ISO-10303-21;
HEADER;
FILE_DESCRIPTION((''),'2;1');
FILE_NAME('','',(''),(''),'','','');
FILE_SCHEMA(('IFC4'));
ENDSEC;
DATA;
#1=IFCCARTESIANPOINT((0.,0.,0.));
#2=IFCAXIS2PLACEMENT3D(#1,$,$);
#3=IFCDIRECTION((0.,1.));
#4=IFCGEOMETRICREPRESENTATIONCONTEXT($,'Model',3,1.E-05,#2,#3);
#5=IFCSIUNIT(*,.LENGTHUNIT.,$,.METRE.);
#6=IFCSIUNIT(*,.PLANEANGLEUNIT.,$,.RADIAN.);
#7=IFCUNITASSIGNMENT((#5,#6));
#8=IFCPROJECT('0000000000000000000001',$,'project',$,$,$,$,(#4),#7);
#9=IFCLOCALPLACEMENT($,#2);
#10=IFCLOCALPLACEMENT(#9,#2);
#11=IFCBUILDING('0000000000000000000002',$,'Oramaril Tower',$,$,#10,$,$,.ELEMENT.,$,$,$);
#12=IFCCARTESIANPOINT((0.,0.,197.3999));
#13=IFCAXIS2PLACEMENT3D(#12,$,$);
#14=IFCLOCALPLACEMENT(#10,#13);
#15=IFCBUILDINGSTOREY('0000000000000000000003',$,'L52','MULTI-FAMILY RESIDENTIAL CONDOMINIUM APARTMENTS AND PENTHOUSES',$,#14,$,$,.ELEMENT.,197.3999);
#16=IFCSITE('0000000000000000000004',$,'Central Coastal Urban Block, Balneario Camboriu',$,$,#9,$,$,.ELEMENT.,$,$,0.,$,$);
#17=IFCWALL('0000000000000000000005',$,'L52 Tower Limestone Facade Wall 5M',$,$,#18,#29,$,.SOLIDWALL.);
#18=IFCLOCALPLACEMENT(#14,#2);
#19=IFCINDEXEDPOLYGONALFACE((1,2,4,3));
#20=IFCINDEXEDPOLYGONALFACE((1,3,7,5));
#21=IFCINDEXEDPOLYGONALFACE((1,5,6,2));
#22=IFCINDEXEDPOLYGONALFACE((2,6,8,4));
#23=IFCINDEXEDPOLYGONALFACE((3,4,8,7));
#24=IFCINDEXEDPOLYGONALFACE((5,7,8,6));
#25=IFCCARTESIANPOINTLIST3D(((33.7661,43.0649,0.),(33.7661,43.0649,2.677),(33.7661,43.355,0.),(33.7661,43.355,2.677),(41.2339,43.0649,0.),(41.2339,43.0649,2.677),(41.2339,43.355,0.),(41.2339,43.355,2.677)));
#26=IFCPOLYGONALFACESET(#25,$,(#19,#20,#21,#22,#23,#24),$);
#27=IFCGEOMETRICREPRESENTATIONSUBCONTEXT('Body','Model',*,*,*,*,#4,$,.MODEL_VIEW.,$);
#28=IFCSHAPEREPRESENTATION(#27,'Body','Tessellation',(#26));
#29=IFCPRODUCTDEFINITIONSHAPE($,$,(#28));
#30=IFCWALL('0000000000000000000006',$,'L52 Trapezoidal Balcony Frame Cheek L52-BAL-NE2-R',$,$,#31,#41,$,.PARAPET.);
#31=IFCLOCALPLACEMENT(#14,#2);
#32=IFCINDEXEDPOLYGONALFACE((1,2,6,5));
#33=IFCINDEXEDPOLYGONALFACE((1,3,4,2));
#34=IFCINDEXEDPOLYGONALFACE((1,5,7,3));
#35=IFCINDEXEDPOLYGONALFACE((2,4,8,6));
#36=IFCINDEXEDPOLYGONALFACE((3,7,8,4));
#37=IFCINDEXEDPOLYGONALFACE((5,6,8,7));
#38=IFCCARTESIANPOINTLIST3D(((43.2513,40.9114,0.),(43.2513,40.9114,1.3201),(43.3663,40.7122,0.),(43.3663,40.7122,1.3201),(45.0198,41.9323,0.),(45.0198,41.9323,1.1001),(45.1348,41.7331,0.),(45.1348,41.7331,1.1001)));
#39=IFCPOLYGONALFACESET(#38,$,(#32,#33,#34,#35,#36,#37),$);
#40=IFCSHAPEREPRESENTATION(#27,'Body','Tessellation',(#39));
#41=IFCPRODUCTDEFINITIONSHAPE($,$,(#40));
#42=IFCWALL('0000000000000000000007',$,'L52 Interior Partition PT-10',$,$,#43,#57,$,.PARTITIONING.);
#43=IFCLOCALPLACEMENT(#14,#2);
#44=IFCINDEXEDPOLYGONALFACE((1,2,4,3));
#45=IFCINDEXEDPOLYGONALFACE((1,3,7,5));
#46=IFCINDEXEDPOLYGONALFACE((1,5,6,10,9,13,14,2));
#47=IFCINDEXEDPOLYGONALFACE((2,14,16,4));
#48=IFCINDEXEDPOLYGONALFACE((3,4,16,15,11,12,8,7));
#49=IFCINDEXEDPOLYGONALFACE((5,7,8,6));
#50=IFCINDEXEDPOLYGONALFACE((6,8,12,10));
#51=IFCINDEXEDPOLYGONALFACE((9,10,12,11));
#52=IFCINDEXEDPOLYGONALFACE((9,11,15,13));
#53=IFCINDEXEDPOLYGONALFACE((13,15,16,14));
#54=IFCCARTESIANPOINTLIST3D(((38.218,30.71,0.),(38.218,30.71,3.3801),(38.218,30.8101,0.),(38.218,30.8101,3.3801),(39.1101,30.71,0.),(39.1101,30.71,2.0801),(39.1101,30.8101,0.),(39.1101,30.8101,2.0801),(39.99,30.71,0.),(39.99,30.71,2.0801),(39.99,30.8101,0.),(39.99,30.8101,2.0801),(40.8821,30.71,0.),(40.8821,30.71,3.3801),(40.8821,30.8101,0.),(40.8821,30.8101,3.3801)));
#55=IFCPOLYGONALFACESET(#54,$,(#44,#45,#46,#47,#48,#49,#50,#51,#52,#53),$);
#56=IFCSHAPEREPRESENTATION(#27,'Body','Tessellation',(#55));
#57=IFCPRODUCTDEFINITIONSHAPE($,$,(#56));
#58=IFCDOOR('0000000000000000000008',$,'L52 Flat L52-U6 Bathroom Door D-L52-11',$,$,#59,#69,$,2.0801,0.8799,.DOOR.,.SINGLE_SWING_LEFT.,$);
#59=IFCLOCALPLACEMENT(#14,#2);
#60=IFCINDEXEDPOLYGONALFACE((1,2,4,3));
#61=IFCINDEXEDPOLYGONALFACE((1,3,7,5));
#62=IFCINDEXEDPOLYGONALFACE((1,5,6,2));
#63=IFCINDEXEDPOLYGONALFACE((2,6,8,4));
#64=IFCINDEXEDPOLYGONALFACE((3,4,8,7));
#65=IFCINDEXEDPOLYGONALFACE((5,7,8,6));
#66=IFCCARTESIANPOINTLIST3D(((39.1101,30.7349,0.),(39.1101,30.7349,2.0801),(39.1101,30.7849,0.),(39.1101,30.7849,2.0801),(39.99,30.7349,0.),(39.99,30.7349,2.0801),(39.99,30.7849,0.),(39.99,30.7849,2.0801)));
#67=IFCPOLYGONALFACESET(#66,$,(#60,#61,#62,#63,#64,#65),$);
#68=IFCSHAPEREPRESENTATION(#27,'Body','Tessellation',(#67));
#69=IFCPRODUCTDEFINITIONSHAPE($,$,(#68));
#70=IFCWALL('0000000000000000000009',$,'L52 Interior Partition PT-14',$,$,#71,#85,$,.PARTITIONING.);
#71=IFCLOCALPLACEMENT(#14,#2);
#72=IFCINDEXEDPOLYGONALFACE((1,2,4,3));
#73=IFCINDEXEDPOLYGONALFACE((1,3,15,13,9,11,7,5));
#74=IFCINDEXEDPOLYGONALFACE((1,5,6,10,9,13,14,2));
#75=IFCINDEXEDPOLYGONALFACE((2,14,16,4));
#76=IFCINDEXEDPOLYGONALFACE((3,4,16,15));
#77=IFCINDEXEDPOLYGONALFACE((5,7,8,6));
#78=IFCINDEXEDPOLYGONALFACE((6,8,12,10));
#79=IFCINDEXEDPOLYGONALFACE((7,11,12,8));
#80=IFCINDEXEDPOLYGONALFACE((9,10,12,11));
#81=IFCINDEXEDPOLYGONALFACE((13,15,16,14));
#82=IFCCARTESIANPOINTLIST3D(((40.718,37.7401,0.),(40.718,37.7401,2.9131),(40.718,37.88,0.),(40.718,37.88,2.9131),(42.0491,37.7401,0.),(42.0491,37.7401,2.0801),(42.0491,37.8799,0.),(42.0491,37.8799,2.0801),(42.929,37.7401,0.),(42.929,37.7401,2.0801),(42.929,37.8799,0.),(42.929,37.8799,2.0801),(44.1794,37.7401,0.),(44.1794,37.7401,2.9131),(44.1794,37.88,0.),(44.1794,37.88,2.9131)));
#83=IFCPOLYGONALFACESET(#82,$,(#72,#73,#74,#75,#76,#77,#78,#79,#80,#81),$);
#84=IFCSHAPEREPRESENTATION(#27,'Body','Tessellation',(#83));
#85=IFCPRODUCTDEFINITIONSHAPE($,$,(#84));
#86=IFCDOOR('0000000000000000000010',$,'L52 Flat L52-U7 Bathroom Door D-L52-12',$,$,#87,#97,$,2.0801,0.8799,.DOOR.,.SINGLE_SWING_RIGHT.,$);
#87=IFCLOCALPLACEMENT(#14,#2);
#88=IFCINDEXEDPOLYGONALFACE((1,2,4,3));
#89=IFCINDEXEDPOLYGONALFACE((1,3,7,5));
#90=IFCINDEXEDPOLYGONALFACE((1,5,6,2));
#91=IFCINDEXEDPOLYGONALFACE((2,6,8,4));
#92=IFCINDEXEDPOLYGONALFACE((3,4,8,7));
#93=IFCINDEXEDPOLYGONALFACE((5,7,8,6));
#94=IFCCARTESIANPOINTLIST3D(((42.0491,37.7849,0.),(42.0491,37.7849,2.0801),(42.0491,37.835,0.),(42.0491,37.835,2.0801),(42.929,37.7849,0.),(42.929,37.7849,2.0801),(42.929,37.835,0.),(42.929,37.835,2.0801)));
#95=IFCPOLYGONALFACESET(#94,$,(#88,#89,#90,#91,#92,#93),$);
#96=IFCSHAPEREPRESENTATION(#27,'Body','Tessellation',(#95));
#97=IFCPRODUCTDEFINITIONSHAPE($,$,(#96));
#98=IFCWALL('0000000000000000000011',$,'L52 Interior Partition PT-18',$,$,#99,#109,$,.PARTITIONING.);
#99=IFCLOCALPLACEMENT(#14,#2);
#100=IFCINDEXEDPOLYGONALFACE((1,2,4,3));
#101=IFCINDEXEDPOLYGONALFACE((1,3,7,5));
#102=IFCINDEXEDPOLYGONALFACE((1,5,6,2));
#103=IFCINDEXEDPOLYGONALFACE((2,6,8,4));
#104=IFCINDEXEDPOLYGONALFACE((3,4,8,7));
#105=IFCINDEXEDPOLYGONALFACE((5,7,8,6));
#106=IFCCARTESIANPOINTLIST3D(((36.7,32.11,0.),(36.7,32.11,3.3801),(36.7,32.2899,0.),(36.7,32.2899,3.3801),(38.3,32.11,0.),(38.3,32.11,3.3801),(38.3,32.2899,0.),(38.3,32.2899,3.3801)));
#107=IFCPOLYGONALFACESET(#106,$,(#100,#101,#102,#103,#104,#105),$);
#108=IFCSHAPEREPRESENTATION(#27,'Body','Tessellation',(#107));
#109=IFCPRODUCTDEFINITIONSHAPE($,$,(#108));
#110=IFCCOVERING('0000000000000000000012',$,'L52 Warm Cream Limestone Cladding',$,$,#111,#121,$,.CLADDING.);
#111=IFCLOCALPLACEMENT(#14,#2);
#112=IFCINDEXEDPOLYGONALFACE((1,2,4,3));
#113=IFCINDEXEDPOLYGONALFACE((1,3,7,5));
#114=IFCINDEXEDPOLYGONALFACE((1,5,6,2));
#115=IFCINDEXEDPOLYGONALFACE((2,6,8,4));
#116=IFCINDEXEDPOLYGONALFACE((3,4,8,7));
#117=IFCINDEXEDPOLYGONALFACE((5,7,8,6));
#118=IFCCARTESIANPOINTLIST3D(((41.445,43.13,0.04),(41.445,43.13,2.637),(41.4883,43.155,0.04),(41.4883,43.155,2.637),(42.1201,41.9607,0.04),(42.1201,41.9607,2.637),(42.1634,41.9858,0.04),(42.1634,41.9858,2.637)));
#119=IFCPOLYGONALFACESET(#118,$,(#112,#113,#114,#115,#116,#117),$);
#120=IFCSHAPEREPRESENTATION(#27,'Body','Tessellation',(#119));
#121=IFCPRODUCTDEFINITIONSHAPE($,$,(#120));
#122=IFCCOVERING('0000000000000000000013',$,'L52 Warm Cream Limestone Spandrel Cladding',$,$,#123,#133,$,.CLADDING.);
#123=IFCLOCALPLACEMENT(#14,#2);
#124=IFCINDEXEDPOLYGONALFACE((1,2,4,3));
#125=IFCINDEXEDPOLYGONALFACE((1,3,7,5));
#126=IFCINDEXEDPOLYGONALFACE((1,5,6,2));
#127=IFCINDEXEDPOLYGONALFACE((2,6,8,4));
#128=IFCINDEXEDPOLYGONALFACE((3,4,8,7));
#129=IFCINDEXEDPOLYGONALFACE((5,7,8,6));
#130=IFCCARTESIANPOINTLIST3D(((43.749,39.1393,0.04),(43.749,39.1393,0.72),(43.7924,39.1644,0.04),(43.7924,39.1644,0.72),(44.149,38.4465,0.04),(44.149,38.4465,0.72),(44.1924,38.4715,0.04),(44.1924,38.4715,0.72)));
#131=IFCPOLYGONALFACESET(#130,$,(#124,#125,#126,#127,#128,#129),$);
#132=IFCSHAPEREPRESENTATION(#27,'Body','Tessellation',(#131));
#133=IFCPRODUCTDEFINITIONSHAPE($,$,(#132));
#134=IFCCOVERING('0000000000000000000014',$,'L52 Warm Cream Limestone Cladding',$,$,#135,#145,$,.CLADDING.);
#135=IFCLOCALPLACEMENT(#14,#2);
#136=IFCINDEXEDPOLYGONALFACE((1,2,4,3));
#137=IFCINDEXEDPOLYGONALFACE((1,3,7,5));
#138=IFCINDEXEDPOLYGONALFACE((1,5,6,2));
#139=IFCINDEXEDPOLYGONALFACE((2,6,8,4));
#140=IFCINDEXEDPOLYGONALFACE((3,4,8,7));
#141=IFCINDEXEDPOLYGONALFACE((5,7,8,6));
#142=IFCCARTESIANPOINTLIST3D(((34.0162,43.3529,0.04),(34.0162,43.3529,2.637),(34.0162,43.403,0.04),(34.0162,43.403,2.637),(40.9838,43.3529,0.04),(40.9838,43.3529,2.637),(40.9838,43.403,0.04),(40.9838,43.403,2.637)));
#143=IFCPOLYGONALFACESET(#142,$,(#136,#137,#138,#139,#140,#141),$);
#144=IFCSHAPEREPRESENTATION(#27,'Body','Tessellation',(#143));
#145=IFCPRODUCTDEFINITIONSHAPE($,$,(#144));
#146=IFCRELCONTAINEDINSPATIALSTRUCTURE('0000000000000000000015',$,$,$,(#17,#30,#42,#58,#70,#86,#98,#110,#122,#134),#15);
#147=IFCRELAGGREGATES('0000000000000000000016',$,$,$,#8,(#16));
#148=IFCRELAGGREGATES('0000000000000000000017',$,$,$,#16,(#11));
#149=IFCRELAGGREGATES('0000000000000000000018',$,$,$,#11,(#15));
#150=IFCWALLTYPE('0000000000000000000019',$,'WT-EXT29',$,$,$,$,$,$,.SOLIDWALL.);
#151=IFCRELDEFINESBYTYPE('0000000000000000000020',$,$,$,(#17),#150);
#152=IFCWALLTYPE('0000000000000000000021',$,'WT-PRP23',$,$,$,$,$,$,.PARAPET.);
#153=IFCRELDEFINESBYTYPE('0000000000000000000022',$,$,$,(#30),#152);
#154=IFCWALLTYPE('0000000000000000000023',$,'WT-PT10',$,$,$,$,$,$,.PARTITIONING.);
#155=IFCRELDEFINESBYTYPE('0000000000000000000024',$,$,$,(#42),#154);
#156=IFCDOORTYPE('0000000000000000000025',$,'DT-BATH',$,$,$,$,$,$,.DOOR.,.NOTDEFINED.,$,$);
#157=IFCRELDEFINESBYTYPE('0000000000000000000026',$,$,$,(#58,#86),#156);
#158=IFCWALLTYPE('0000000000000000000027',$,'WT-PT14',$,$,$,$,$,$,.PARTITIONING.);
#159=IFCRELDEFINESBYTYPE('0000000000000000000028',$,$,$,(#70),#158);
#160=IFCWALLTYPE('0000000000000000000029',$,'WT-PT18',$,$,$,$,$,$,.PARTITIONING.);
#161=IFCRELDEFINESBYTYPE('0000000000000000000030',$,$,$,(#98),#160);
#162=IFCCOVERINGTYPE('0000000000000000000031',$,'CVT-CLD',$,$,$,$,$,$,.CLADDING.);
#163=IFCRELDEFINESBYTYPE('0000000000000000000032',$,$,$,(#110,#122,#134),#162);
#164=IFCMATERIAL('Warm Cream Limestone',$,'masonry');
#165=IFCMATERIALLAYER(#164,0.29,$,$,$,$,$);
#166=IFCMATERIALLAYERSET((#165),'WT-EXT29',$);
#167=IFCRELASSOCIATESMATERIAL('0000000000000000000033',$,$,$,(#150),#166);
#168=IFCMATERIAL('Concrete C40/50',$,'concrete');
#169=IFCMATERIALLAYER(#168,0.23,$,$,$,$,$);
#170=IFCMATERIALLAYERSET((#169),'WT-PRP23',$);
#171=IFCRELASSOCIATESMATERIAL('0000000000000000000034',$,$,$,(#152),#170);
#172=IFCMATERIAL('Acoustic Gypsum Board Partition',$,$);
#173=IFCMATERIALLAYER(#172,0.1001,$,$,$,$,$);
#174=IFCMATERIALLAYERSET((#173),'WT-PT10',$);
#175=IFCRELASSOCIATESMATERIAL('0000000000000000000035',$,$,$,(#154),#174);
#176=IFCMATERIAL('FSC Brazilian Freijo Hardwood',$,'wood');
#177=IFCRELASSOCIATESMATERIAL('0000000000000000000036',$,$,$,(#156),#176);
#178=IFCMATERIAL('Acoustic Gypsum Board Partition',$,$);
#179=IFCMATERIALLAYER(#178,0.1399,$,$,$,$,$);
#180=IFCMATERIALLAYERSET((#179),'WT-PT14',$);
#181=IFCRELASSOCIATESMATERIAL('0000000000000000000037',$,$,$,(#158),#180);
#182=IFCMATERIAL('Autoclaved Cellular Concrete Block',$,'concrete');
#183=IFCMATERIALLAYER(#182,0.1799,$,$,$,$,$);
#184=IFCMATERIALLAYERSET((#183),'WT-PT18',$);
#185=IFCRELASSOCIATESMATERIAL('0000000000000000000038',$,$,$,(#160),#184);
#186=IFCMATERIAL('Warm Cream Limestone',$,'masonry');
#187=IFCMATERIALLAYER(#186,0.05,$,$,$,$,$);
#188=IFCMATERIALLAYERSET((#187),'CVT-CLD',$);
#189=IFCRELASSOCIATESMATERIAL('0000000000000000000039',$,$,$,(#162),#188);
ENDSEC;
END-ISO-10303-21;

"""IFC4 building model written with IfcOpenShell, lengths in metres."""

from ifc_helpers import new_model, si_unit, direction, frame, frame_2d, origin, origin_2d, place, context, subcontext, project, spatial, polyline, rectangle, outline, extrude, material, layer, layer_set, type_object, element, fill, save


model = new_model("IFC4")

# Units and contexts
model_context = context("Model", 3, precision=1e-05, world=origin(), true_north=direction((0.0, 1.0)))
body_context = subcontext(model_context, "Body", "Model", "MODEL_VIEW")
ifc_project = project(units=[si_unit("LENGTHUNIT", "METRE"), si_unit("PLANEANGLEUNIT", "RADIAN")], contexts=[model_context])

# Site, building, storey
site_placement = place(None, origin())
site = spatial("IfcSite", under=ifc_project, at=site_placement, Name="Central Coastal Urban Block, Balneario Camboriu", CompositionType="ELEMENT", RefElevation=0.0)
building_placement = place(site_placement, origin())
building = spatial("IfcBuilding", under=site, at=building_placement, Name="Oramaril Tower", CompositionType="ELEMENT")
storey_placement = place(building_placement, frame((0.0, 0.0, 197.3999)))
storey = spatial("IfcBuildingStorey", under=building, at=storey_placement, Name="L52", Description="MULTI-FAMILY RESIDENTIAL CONDOMINIUM APARTMENTS AND PENTHOUSES", CompositionType="ELEMENT", Elevation=197.3999)

# Walls
ifc_material_1 = material(Name="Warm Cream Limestone", Category="masonry")
ifc_layer_1 = layer(ifc_material_1, 0.29)
ifc_layer_set_1 = layer_set([ifc_layer_1], Name="WT-EXT29")
wall_type_1 = type_object("IfcWallType", Name="WT-EXT29", PredefinedType="SOLIDWALL", material=ifc_layer_set_1)
wall_1_placement = place(storey_placement, frame((41.2339, 43.21, 0.0), z_axis=(0.0, 0.0, 1.0), x_axis=(-1.0, 0.0, 0.0)))
element("IfcWall", 1, at=wall_1_placement, inside=storey, type_object=wall_type_1, Name="L52 Tower Limestone Facade Wall 5M", PredefinedType="SOLIDWALL", context=body_context, shape_type="SweptSolid", body=[
    extrude(rectangle(XDim=7.4678, YDim=0.29, at=frame_2d((3.7339, 0.0))), origin(), (0.0, 0.0, 1.0), 2.677),
])
ifc_material_2 = material(Name="Concrete C40/50", Category="concrete")
ifc_layer_2 = layer(ifc_material_2, 0.23)
ifc_layer_set_2 = layer_set([ifc_layer_2], Name="WT-PRP23")
wall_type_2 = type_object("IfcWallType", Name="WT-PRP23", PredefinedType="PARAPET", material=ifc_layer_set_2)
wall_2_placement = place(storey_placement, frame((43.3088, 40.8118, 0.0), z_axis=(0.0, 0.0, 1.0), x_axis=(0.866042, 0.499971, 0.0)))
element("IfcWall", 2, at=wall_2_placement, inside=storey, type_object=wall_type_2, Name="L52 Trapezoidal Balcony Frame Cheek L52-BAL-NE2-R", PredefinedType="PARAPET", context=body_context, shape_type="SweptSolid", body=[
    extrude(outline(polyline([(0.0, 0.0), (2.042, 0.0), (2.042, 1.1001), (0.0, 1.3201), (0.0, 0.0)])), frame((0.0, 0.115, 0.0), z_axis=(0.0, -1.0, 0.0), x_axis=(1.0, 0.0, 0.0)), (0.0, 0.0, 1.0), 0.23),
])

# Walls, openings, doors
ifc_material_3 = material(Name="Acoustic Gypsum Board Partition")
ifc_layer_3 = layer(ifc_material_3, 0.1001)
ifc_layer_set_3 = layer_set([ifc_layer_3], Name="WT-PT10")
wall_type_3 = type_object("IfcWallType", Name="WT-PT10", PredefinedType="PARTITIONING", material=ifc_layer_set_3)
wall_3_placement = place(storey_placement, frame((38.218, 30.76, 0.0), z_axis=(0.0, 0.0, 1.0), x_axis=(1.0, 0.0, 0.0)))
wall_3 = element("IfcWall", 3, at=wall_3_placement, inside=storey, type_object=wall_type_3, Name="L52 Interior Partition PT-10", PredefinedType="PARTITIONING", context=body_context, shape_type="SweptSolid", body=[
    extrude(rectangle(XDim=2.6641, YDim=0.1001, at=frame_2d((1.332, 0.0))), origin(), (0.0, 0.0, 1.0), 3.3801),
])
opening_1_placement = place(wall_3_placement, frame((0.8921, 0.0, 0.0)))
opening_1 = element("IfcOpeningElement", 4, at=opening_1_placement, cuts=wall_3, PredefinedType="OPENING", context=body_context, shape_type="SweptSolid", body=[
    extrude(rectangle(XDim=0.8799, YDim=2.0801, at=frame_2d((0.4399, 1.04))), frame((0.0, 0.05, 0.0), z_axis=(0.0, -1.0, 0.0), x_axis=(1.0, 0.0, 0.0)), (0.0, 0.0, 1.0), 0.1001),
])
ifc_material_4 = material(Name="FSC Brazilian Freijo Hardwood", Category="wood")
door_type = type_object("IfcDoorType", Name="DT-BATH", OperationType="NOTDEFINED", PredefinedType="DOOR", material=ifc_material_4)
door_1_placement = place(opening_1_placement, origin())
door_1 = element("IfcDoor", 5, at=door_1_placement, inside=storey, type_object=door_type, Name="L52 Flat L52-U6 Bathroom Door D-L52-11", OperationType="SINGLE_SWING_LEFT", OverallHeight=2.0801, OverallWidth=0.8799, PredefinedType="DOOR", context=body_context, shape_type="SweptSolid", body=[
    extrude(rectangle(XDim=0.8799, YDim=2.0801, at=frame_2d((0.4399, 1.04))), frame((0.0, 0.0249, 0.0), z_axis=(0.0, -1.0, 0.0), x_axis=(1.0, 0.0, 0.0)), (0.0, 0.0, 1.0), 0.05),
])
fill(opening_1, door_1)
ifc_material_5 = material(Name="Acoustic Gypsum Board Partition")
ifc_layer_4 = layer(ifc_material_5, 0.1399)
ifc_layer_set_4 = layer_set([ifc_layer_4], Name="WT-PT14")
wall_type_4 = type_object("IfcWallType", Name="WT-PT14", PredefinedType="PARTITIONING", material=ifc_layer_set_4)
wall_4_placement = place(storey_placement, frame((40.718, 37.8101, 0.0), z_axis=(0.0, 0.0, 1.0), x_axis=(1.0, 0.0, 0.0)))
wall_4 = element("IfcWall", 6, at=wall_4_placement, inside=storey, type_object=wall_type_4, Name="L52 Interior Partition PT-14", PredefinedType="PARTITIONING", context=body_context, shape_type="SweptSolid", body=[
    extrude(rectangle(XDim=3.4614, YDim=0.1399, at=frame_2d((1.7307, 0.0))), origin(), (0.0, 0.0, 1.0), 2.9131),
])
opening_2_placement = place(wall_4_placement, frame((1.3311, 0.0, 0.0)))
opening_2 = element("IfcOpeningElement", 7, at=opening_2_placement, cuts=wall_4, PredefinedType="OPENING", context=body_context, shape_type="SweptSolid", body=[
    extrude(rectangle(XDim=0.8799, YDim=2.0801, at=frame_2d((0.4399, 1.04))), frame((0.0, 0.0698, 0.0), z_axis=(0.0, -1.0, 0.0), x_axis=(1.0, 0.0, 0.0)), (0.0, 0.0, 1.0), 0.1399),
])
door_2_placement = place(opening_2_placement, origin())
door_2 = element("IfcDoor", 8, at=door_2_placement, inside=storey, type_object=door_type, Name="L52 Flat L52-U7 Bathroom Door D-L52-12", OperationType="SINGLE_SWING_RIGHT", OverallHeight=2.0801, OverallWidth=0.8799, PredefinedType="DOOR", context=body_context, shape_type="SweptSolid", body=[
    extrude(rectangle(XDim=0.8799, YDim=2.0801, at=frame_2d((0.4399, 1.04))), frame((0.0, 0.0249, 0.0), z_axis=(0.0, -1.0, 0.0), x_axis=(1.0, 0.0, 0.0)), (0.0, 0.0, 1.0), 0.05),
])
fill(opening_2, door_2)

# Wall
ifc_material_6 = material(Name="Autoclaved Cellular Concrete Block", Category="concrete")
ifc_layer_5 = layer(ifc_material_6, 0.1799)
ifc_layer_set_5 = layer_set([ifc_layer_5], Name="WT-PT18")
wall_type_5 = type_object("IfcWallType", Name="WT-PT18", PredefinedType="PARTITIONING", material=ifc_layer_set_5)
wall_5_placement = place(storey_placement, frame((36.7, 32.2, 0.0), z_axis=(0.0, 0.0, 1.0), x_axis=(1.0, 0.0, 0.0)))
element("IfcWall", 9, at=wall_5_placement, inside=storey, type_object=wall_type_5, Name="L52 Interior Partition PT-18", PredefinedType="PARTITIONING", context=body_context, shape_type="SweptSolid", body=[
    extrude(rectangle(XDim=1.6001, YDim=0.1799, at=frame_2d((0.8, 0.0))), origin(), (0.0, 0.0, 1.0), 3.3801),
])

# Coverings
ifc_material_7 = material(Name="Warm Cream Limestone", Category="masonry")
ifc_layer_6 = layer(ifc_material_7, 0.05)
ifc_layer_set_6 = layer_set([ifc_layer_6], Name="CVT-CLD")
covering_type = type_object("IfcCoveringType", Name="CVT-CLD", PredefinedType="CLADDING", material=ifc_layer_set_6)
covering_1_placement = place(storey_placement, frame((41.8042, 42.5579, 0.04), z_axis=(0.0, 0.0, 1.0), x_axis=(-0.5, 0.866025, 0.0)))
element("IfcCovering", 10, at=covering_1_placement, inside=storey, type_object=covering_type, Name="L52 Warm Cream Limestone Cladding", PredefinedType="CLADDING", context=body_context, shape_type="SweptSolid", body=[
    extrude(rectangle(XDim=1.3501, YDim=0.05, at=origin_2d()), origin(), (0.0, 0.0, 1.0), 2.5969),
])
covering_2_placement = place(storey_placement, frame((43.9707, 38.8054, 0.04), z_axis=(0.0, 0.0, 1.0), x_axis=(-0.5, 0.866025, 0.0)))
element("IfcCovering", 11, at=covering_2_placement, inside=storey, type_object=covering_type, Name="L52 Warm Cream Limestone Spandrel Cladding", PredefinedType="CLADDING", context=body_context, shape_type="SweptSolid", body=[
    extrude(rectangle(XDim=0.8, YDim=0.05, at=origin_2d()), origin(), (0.0, 0.0, 1.0), 0.6799),
])
covering_3_placement = place(storey_placement, frame((37.5, 43.3779, 0.04), z_axis=(0.0, 0.0, 1.0), x_axis=(-1.0, 0.0, 0.0)))
element("IfcCovering", 12, at=covering_3_placement, inside=storey, type_object=covering_type, Name="L52 Warm Cream Limestone Cladding", PredefinedType="CLADDING", context=body_context, shape_type="SweptSolid", body=[
    extrude(rectangle(XDim=6.9675, YDim=0.05, at=origin_2d()), origin(), (0.0, 0.0, 1.0), 2.5969),
])

save(model, "model.ifc")
